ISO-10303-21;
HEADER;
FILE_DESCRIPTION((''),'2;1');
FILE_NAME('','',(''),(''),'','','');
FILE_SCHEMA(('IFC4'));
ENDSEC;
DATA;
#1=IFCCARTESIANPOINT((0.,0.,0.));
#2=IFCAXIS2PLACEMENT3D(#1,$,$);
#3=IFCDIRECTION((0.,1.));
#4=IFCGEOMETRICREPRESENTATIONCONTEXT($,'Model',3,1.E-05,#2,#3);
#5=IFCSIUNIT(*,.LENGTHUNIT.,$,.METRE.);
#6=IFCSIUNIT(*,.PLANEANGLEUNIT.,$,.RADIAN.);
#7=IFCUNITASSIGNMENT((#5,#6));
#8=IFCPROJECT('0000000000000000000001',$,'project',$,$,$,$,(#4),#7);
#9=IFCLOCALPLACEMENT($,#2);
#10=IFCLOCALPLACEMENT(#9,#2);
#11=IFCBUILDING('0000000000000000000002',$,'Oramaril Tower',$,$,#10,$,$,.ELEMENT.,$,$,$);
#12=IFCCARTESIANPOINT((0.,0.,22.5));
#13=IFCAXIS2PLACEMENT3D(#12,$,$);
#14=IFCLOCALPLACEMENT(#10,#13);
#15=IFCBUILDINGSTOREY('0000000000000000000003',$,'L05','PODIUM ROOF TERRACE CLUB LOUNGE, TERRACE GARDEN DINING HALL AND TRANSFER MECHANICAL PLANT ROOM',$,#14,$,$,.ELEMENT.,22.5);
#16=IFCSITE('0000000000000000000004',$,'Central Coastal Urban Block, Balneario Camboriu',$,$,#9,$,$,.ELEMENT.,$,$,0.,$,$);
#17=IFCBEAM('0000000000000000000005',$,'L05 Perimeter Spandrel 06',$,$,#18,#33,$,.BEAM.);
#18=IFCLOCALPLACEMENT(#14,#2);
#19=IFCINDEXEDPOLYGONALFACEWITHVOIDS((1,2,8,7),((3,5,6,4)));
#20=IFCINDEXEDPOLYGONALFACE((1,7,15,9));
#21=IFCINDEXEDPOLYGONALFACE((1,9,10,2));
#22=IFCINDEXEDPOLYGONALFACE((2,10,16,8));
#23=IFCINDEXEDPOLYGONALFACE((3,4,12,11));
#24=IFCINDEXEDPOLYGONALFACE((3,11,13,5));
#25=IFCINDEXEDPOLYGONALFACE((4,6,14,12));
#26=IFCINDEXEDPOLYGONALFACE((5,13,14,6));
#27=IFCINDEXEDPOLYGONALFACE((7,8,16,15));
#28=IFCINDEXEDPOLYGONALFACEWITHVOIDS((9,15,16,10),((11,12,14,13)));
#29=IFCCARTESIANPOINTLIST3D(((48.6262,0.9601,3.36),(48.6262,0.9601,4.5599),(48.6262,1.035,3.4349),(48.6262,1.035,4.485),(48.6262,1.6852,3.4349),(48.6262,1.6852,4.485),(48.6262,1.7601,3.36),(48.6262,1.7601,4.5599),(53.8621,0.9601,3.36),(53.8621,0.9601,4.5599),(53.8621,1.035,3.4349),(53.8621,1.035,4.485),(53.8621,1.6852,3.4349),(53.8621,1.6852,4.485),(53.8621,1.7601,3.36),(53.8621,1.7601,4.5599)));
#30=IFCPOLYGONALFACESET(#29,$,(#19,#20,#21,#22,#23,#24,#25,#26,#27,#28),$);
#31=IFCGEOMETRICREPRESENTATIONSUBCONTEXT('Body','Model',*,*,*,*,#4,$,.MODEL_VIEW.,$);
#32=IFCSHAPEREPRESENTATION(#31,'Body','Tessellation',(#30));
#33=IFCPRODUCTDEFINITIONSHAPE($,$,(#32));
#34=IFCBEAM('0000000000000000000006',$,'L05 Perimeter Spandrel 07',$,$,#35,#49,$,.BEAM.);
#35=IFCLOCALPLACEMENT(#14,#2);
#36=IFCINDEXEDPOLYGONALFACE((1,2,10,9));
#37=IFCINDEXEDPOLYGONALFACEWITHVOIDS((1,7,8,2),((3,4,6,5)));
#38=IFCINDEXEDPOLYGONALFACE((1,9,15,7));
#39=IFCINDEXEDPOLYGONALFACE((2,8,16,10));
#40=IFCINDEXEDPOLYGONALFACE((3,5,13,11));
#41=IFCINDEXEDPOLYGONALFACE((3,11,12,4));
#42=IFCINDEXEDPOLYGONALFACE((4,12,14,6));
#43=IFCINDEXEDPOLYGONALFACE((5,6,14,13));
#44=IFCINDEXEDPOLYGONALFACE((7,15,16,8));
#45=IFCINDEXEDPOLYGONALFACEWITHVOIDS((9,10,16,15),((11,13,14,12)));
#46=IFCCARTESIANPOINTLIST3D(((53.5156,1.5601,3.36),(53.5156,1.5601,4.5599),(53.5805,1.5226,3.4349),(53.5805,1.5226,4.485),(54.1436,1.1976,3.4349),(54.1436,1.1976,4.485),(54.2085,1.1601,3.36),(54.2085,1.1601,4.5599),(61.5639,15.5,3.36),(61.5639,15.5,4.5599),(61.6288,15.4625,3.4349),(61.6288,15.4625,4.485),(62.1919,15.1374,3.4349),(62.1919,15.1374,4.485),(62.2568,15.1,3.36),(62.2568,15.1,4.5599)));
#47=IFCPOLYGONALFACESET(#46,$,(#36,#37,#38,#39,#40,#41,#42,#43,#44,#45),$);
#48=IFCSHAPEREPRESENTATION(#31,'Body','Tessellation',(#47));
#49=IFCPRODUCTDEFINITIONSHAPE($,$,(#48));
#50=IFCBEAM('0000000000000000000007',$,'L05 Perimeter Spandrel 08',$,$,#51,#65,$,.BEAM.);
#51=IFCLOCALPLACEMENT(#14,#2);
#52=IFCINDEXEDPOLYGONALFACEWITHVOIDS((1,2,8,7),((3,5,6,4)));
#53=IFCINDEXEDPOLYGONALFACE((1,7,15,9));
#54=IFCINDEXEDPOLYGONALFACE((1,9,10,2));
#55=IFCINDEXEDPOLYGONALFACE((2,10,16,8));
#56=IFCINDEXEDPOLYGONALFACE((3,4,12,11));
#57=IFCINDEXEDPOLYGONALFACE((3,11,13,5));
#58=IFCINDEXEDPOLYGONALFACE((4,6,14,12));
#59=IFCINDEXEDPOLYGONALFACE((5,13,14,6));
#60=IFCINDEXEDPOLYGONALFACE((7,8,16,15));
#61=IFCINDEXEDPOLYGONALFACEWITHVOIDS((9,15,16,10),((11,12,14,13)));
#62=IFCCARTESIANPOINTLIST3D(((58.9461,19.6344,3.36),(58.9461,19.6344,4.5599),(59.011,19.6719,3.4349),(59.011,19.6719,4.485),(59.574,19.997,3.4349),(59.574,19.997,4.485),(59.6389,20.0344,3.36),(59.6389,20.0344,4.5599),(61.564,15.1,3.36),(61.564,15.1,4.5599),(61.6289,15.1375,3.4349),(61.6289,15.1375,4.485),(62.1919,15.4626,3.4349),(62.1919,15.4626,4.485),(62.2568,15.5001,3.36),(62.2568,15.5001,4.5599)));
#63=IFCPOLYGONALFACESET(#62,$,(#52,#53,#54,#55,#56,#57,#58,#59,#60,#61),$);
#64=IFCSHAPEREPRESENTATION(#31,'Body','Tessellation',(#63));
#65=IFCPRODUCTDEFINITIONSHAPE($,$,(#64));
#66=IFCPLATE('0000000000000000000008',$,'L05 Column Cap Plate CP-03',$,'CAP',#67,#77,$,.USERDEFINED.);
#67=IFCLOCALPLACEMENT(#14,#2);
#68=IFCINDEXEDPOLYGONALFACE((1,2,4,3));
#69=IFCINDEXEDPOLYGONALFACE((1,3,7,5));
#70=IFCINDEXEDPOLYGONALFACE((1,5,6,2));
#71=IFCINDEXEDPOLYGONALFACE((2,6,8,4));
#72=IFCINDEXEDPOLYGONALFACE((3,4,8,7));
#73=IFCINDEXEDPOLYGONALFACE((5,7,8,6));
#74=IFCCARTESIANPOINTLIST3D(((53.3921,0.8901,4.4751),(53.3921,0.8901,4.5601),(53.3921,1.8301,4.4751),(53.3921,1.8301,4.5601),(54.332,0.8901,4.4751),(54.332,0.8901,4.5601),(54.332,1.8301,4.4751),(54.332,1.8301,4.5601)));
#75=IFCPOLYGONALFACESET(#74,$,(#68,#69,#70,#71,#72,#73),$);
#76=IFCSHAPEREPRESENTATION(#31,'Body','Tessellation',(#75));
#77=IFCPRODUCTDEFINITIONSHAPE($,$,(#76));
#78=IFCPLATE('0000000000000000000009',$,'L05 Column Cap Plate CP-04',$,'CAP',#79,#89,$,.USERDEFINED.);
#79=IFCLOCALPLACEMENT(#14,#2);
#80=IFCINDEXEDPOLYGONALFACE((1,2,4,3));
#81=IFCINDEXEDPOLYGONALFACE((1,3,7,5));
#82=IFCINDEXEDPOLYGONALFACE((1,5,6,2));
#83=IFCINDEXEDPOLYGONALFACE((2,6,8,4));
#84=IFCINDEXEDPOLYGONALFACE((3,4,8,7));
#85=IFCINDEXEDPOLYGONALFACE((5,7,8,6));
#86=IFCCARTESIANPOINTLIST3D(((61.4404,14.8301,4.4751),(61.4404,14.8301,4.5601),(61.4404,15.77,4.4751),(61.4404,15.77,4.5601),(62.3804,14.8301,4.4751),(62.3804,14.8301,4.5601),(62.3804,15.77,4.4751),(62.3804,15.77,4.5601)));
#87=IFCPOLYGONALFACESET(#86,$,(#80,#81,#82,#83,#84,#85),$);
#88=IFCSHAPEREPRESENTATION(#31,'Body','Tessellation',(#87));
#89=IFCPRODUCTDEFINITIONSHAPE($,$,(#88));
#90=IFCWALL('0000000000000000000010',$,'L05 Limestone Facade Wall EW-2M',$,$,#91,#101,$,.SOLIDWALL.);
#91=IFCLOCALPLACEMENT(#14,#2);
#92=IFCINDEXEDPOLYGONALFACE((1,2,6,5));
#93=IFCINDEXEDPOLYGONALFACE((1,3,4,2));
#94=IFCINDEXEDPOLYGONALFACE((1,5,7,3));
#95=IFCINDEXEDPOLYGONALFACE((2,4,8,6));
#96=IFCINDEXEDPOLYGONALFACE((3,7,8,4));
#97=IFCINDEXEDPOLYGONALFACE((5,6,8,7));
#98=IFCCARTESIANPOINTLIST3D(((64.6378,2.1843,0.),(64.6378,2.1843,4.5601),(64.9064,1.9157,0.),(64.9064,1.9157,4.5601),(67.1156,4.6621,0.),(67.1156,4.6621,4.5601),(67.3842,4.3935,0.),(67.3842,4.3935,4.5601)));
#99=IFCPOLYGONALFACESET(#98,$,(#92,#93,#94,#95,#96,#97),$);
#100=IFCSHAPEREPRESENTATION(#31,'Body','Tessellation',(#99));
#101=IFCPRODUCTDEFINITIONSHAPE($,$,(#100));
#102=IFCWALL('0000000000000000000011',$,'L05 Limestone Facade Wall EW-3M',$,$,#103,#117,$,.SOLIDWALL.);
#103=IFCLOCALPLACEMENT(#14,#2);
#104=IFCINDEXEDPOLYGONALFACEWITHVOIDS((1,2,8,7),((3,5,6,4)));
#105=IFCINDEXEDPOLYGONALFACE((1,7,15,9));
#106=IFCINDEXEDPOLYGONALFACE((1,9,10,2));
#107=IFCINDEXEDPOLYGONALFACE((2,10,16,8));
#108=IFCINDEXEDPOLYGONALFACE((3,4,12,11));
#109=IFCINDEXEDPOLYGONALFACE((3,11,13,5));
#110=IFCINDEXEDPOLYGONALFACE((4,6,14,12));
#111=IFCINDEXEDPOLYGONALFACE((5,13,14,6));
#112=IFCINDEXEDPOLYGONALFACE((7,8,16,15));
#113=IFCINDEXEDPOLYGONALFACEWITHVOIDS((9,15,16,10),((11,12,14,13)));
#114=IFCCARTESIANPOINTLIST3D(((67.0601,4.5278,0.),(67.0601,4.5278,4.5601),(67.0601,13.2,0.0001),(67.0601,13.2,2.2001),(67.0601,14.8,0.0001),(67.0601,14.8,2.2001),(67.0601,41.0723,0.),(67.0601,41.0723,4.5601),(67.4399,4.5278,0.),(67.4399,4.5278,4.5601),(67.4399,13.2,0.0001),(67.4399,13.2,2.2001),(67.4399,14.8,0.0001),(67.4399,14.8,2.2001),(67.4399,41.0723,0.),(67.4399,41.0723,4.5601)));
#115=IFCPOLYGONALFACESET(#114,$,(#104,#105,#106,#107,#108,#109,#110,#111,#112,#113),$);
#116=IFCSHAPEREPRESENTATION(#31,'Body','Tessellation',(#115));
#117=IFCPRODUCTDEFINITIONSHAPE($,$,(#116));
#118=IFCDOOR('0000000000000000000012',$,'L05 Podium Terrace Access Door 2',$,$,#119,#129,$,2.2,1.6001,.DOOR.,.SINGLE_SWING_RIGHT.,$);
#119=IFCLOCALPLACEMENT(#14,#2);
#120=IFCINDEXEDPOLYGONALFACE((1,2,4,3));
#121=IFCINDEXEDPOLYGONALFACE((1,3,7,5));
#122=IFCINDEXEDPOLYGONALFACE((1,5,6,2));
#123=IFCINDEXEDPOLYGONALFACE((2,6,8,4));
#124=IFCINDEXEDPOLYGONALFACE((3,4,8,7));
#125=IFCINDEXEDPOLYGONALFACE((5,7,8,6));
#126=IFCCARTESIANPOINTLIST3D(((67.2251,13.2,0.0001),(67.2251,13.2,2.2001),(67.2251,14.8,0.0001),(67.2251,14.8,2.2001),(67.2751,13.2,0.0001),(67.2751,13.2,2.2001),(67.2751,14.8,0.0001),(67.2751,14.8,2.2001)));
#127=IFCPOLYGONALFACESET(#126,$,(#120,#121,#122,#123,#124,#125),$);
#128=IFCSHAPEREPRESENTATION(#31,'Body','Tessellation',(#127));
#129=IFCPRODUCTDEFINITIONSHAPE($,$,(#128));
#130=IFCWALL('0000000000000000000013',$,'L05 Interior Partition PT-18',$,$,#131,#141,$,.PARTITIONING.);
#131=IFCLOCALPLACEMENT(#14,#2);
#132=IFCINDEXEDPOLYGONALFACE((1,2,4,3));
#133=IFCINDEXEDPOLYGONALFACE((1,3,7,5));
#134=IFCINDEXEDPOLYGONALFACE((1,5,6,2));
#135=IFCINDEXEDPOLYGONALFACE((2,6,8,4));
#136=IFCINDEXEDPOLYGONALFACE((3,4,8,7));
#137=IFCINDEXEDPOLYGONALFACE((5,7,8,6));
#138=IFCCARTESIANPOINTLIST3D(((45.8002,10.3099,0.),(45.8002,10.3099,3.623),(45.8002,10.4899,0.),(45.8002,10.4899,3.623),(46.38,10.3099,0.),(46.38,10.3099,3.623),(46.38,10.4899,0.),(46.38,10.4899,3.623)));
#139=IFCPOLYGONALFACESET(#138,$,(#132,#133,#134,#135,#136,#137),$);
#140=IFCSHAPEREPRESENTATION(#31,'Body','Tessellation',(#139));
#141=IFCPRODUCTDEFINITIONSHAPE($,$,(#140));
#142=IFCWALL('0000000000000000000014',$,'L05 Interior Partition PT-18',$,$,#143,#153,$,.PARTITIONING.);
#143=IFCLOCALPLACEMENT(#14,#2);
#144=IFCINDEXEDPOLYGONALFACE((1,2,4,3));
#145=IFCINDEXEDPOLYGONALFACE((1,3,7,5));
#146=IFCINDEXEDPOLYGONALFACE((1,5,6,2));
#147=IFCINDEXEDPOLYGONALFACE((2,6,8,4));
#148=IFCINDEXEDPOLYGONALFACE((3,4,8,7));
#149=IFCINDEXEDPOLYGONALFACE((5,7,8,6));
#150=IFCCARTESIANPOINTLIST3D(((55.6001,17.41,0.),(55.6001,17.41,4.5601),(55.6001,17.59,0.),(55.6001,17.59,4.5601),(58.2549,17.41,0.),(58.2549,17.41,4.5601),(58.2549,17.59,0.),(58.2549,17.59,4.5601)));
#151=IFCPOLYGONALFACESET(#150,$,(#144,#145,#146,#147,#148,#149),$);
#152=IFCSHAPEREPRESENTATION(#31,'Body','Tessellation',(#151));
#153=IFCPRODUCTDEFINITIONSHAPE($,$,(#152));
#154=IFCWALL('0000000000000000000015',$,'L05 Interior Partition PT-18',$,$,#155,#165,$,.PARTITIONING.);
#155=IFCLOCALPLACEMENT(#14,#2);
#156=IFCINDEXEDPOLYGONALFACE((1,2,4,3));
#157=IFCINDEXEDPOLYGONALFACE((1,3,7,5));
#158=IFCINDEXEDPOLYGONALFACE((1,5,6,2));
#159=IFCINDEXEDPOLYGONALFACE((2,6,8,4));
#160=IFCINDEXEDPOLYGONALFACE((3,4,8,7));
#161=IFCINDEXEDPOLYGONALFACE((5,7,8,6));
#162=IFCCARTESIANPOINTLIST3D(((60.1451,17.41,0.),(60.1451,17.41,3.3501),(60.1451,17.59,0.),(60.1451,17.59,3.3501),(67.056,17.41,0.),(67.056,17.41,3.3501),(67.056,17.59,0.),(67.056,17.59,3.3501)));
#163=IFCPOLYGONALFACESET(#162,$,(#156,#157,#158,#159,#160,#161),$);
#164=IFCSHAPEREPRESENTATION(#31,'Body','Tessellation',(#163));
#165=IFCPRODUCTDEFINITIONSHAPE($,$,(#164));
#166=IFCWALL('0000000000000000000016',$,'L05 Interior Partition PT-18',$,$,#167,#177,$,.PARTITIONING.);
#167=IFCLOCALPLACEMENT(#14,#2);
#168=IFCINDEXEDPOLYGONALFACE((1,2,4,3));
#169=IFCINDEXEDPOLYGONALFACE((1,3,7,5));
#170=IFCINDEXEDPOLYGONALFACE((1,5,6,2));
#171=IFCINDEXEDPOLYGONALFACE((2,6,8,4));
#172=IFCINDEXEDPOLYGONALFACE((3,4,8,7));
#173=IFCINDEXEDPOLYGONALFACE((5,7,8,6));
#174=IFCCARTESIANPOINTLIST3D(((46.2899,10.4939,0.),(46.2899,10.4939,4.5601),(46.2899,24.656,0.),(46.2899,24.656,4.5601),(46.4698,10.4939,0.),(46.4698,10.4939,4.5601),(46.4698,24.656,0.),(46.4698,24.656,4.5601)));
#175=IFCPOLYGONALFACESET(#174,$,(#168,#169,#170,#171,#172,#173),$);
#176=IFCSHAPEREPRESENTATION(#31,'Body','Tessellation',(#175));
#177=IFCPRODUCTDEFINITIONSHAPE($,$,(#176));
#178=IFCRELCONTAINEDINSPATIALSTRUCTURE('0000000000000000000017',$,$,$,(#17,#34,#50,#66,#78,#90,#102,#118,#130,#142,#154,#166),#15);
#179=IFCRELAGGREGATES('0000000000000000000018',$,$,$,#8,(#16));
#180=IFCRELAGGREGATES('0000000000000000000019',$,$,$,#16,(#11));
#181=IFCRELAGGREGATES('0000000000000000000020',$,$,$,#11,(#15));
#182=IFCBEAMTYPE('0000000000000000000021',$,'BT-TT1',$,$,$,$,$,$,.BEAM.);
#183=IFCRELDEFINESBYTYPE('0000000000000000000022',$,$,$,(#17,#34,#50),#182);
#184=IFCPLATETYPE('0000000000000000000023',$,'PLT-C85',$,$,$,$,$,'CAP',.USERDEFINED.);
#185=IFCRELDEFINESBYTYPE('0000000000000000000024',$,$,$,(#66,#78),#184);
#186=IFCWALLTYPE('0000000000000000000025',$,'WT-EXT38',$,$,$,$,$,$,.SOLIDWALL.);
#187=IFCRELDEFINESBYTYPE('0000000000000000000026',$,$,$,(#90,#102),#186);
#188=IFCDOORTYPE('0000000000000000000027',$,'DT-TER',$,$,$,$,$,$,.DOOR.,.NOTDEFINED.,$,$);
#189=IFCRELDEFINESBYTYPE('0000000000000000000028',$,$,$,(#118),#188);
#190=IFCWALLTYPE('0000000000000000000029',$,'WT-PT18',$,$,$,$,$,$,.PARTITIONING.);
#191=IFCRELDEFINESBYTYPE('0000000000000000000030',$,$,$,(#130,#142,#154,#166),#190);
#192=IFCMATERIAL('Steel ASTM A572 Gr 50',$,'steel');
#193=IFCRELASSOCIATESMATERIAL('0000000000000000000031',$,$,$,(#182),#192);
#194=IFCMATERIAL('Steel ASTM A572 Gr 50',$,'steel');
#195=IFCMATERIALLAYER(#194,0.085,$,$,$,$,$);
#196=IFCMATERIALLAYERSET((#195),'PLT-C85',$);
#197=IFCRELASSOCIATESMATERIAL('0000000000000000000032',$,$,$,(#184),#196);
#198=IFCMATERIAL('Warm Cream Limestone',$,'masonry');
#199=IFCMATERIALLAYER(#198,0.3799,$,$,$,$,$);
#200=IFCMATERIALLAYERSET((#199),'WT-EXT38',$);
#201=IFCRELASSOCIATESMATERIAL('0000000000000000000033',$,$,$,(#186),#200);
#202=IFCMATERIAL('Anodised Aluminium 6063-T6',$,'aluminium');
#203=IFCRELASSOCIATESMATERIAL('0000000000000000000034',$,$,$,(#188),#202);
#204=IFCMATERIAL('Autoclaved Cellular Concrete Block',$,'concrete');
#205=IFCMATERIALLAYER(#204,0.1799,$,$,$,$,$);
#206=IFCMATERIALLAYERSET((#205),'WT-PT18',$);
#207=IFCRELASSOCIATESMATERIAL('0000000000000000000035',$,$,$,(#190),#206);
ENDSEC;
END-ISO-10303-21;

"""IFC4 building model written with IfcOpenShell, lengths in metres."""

from ifc_helpers import new_model, si_unit, direction, frame, frame_2d, origin, origin_2d, place, context, subcontext, project, spatial, rectangle, hollow_rectangle, extrude, material, layer, layer_set, material_profile, profile_set, type_object, element, fill, save


model = new_model("IFC4")

# Units and contexts
model_context = context("Model", 3, precision=1e-05, world=origin(), true_north=direction((0.0, 1.0)))
body_context = subcontext(model_context, "Body", "Model", "MODEL_VIEW")
ifc_project = project(units=[si_unit("LENGTHUNIT", "METRE"), si_unit("PLANEANGLEUNIT", "RADIAN")], contexts=[model_context])

# Site, building, storey
site_placement = place(None, origin())
site = spatial("IfcSite", under=ifc_project, at=site_placement, Name="Central Coastal Urban Block, Balneario Camboriu", CompositionType="ELEMENT", RefElevation=0.0)
building_placement = place(site_placement, origin())
building = spatial("IfcBuilding", under=site, at=building_placement, Name="Oramaril Tower", CompositionType="ELEMENT")
storey_placement = place(building_placement, frame((0.0, 0.0, 22.5)))
storey = spatial("IfcBuildingStorey", under=building, at=storey_placement, Name="L05", Description="PODIUM ROOF TERRACE CLUB LOUNGE, TERRACE GARDEN DINING HALL AND TRANSFER MECHANICAL PLANT ROOM", CompositionType="ELEMENT", Elevation=22.5)

# Beams
ifc_material_1 = material(Name="Steel ASTM A572 Gr 50", Category="steel")
ifc_material_profile_1 = material_profile(ifc_material_1, hollow_rectangle(XDim=0.8, YDim=1.2, WallThickness=0.075, at=origin_2d()), Name="BOX1200X800X75")
ifc_profile_set_1 = profile_set([ifc_material_profile_1], Name="Steel ASTM A572 Gr 50")
beam_type_1 = type_object("IfcBeamType", Name="BT-TT1", PredefinedType="BEAM", material=ifc_profile_set_1)
beam_1_placement = place(storey_placement, frame((48.6262, 1.3601, 3.96), z_axis=(1.0, 0.0, 0.0), x_axis=(0.0, 1.0, 0.0)))
element("IfcBeam", 1, at=beam_1_placement, inside=storey, type_object=beam_type_1, Name="L05 Perimeter Spandrel 06", PredefinedType="BEAM", context=body_context, shape_type="SweptSolid", body=[
    extrude(hollow_rectangle(XDim=0.8, YDim=1.2, WallThickness=0.075, at=origin_2d()), origin(), (0.0, 0.0, 1.0), 5.2358),
])
beam_2_placement = place(storey_placement, frame((53.8621, 1.3601, 3.96), z_axis=(0.500005, 0.866022, 0.0), x_axis=(-0.866022, 0.500005, 0.0)))
element("IfcBeam", 2, at=beam_2_placement, inside=storey, type_object=beam_type_1, Name="L05 Perimeter Spandrel 07", PredefinedType="BEAM", context=body_context, shape_type="SweptSolid", body=[
    extrude(hollow_rectangle(XDim=0.8, YDim=1.2, WallThickness=0.075, at=origin_2d()), origin(), (0.0, 0.0, 1.0), 16.0964),
])
beam_3_placement = place(storey_placement, frame((61.9104, 15.3, 3.96), z_axis=(-0.499996, 0.866028, 0.0), x_axis=(-0.866028, -0.499996, 0.0)))
element("IfcBeam", 3, at=beam_3_placement, inside=storey, type_object=beam_type_1, Name="L05 Perimeter Spandrel 08", PredefinedType="BEAM", context=body_context, shape_type="SweptSolid", body=[
    extrude(hollow_rectangle(XDim=0.8, YDim=1.2, WallThickness=0.075, at=origin_2d()), origin(), (0.0, 0.0, 1.0), 5.2358),
])

# Plates
ifc_material_2 = material(Name="Steel ASTM A572 Gr 50", Category="steel")
ifc_layer_1 = layer(ifc_material_2, 0.085)
ifc_layer_set_1 = layer_set([ifc_layer_1], Name="PLT-C85")
plate_type = type_object("IfcPlateType", Name="PLT-C85", ElementType="CAP", PredefinedType="USERDEFINED", material=ifc_layer_set_1)
for number, where, z_axis, x_axis, name in (
    (4, (53.8621, 1.3601, 4.4751), (0.0, 0.0, 1.0), (1.0, 0.0, 0.0), "L05 Column Cap Plate CP-03"),
    (5, (61.9104, 15.3, 4.4751), (0.0, 0.0, 1.0), (1.0, 0.0, 0.0), "L05 Column Cap Plate CP-04"),
):
    element("IfcPlate", number, at=place(storey_placement, frame(where, z_axis=z_axis, x_axis=x_axis)), inside=storey, type_object=plate_type, Name=name, ObjectType="CAP", PredefinedType="USERDEFINED", context=body_context, shape_type="SweptSolid", body=[
        extrude(rectangle(XDim=0.9399, YDim=0.9399, at=origin_2d()), origin(), (0.0, 0.0, 1.0), 0.085),
    ])

# Wall
ifc_material_3 = material(Name="Warm Cream Limestone", Category="masonry")
ifc_layer_2 = layer(ifc_material_3, 0.3799)
ifc_layer_set_2 = layer_set([ifc_layer_2], Name="WT-EXT38")
wall_type_1 = type_object("IfcWallType", Name="WT-EXT38", PredefinedType="SOLIDWALL", material=ifc_layer_set_2)
wall_1_placement = place(storey_placement, frame((64.7722, 2.05, 0.0), z_axis=(0.0, 0.0, 1.0), x_axis=(0.707107, 0.707107, 0.0)))
element("IfcWall", 6, at=wall_1_placement, inside=storey, type_object=wall_type_1, Name="L05 Limestone Facade Wall EW-2M", PredefinedType="SOLIDWALL", context=body_context, shape_type="SweptSolid", body=[
    extrude(rectangle(XDim=3.5042, YDim=0.3799, at=frame_2d((1.752, 0.0))), origin(), (0.0, 0.0, 1.0), 4.5601),
])

# Wall, opening, door
wall_2_placement = place(storey_placement, frame((67.25, 4.5278, 0.0), z_axis=(0.0, 0.0, 1.0), x_axis=(0.0, 1.0, 0.0)))
wall_2 = element("IfcWall", 7, at=wall_2_placement, inside=storey, type_object=wall_type_1, Name="L05 Limestone Facade Wall EW-3M", PredefinedType="SOLIDWALL", context=body_context, shape_type="SweptSolid", body=[
    extrude(rectangle(XDim=36.5444, YDim=0.3799, at=frame_2d((18.2722, 0.0))), origin(), (0.0, 0.0, 1.0), 4.5601),
])
opening_1_placement = place(wall_2_placement, frame((8.6721, 0.0, 0.0)))
opening_1 = element("IfcOpeningElement", 8, at=opening_1_placement, cuts=wall_2, PredefinedType="OPENING", context=body_context, shape_type="SweptSolid", body=[
    extrude(rectangle(XDim=1.6001, YDim=2.2, at=frame_2d((0.8, 1.1001))), frame((0.0, 0.1899, 0.0), z_axis=(0.0, -1.0, 0.0), x_axis=(1.0, 0.0, 0.0)), (0.0, 0.0, 1.0), 0.3799),
])
ifc_material_4 = material(Name="Anodised Aluminium 6063-T6", Category="aluminium")
door_type_1 = type_object("IfcDoorType", Name="DT-TER", OperationType="NOTDEFINED", PredefinedType="DOOR", material=ifc_material_4)
door_1_placement = place(opening_1_placement, origin())
door_1 = element("IfcDoor", 9, at=door_1_placement, inside=storey, type_object=door_type_1, Name="L05 Podium Terrace Access Door 2", OperationType="SINGLE_SWING_RIGHT", OverallHeight=2.2, OverallWidth=1.6001, PredefinedType="DOOR", context=body_context, shape_type="SweptSolid", body=[
    extrude(rectangle(XDim=1.6001, YDim=2.2, at=frame_2d((0.8, 1.1001))), frame((0.0, 0.0249, 0.0), z_axis=(0.0, -1.0, 0.0), x_axis=(1.0, 0.0, 0.0)), (0.0, 0.0, 1.0), 0.05),
])
fill(opening_1, door_1)

# Walls
ifc_material_5 = material(Name="Autoclaved Cellular Concrete Block", Category="concrete")
ifc_layer_3 = layer(ifc_material_5, 0.1799)
ifc_layer_set_3 = layer_set([ifc_layer_3], Name="WT-PT18")
wall_type_2 = type_object("IfcWallType", Name="WT-PT18", PredefinedType="PARTITIONING", material=ifc_layer_set_3)
wall_3_placement = place(storey_placement, frame((45.8, 10.3999, 0.0), z_axis=(0.0, 0.0, 1.0), x_axis=(1.0, 0.0, 0.0)))
element("IfcWall", 10, at=wall_3_placement, inside=storey, type_object=wall_type_2, Name="L05 Interior Partition PT-18", PredefinedType="PARTITIONING", context=body_context, shape_type="SweptSolid", body=[
    extrude(rectangle(XDim=0.5798, YDim=0.1799, at=frame_2d((0.29, 0.0))), origin(), (0.0, 0.0, 1.0), 3.623),
])
wall_4_placement = place(storey_placement, frame((55.6001, 17.5, 0.0), z_axis=(0.0, 0.0, 1.0), x_axis=(1.0, 0.0, 0.0)))
element("IfcWall", 11, at=wall_4_placement, inside=storey, type_object=wall_type_2, Name="L05 Interior Partition PT-18", PredefinedType="PARTITIONING", context=body_context, shape_type="SweptSolid", body=[
    extrude(rectangle(XDim=2.6548, YDim=0.1799, at=frame_2d((1.3274, 0.0))), origin(), (0.0, 0.0, 1.0), 4.5601),
])
wall_5_placement = place(storey_placement, frame((60.145, 17.5, 0.0), z_axis=(0.0, 0.0, 1.0), x_axis=(1.0, 0.0, 0.0)))
element("IfcWall", 12, at=wall_5_placement, inside=storey, type_object=wall_type_2, Name="L05 Interior Partition PT-18", PredefinedType="PARTITIONING", context=body_context, shape_type="SweptSolid", body=[
    extrude(rectangle(XDim=6.9109, YDim=0.1799, at=frame_2d((3.4556, 0.0))), origin(), (0.0, 0.0, 1.0), 3.3501),
])
wall_6_placement = place(storey_placement, frame((46.3799, 10.4939, 0.0), z_axis=(0.0, 0.0, 1.0), x_axis=(0.0, 1.0, 0.0)))
element("IfcWall", 13, at=wall_6_placement, inside=storey, type_object=wall_type_2, Name="L05 Interior Partition PT-18", PredefinedType="PARTITIONING", context=body_context, shape_type="SweptSolid", body=[
    extrude(rectangle(XDim=14.1621, YDim=0.1799, at=frame_2d((7.0811, 0.0))), origin(), (0.0, 0.0, 1.0), 4.5601),
])

save(model, "model.ifc")
